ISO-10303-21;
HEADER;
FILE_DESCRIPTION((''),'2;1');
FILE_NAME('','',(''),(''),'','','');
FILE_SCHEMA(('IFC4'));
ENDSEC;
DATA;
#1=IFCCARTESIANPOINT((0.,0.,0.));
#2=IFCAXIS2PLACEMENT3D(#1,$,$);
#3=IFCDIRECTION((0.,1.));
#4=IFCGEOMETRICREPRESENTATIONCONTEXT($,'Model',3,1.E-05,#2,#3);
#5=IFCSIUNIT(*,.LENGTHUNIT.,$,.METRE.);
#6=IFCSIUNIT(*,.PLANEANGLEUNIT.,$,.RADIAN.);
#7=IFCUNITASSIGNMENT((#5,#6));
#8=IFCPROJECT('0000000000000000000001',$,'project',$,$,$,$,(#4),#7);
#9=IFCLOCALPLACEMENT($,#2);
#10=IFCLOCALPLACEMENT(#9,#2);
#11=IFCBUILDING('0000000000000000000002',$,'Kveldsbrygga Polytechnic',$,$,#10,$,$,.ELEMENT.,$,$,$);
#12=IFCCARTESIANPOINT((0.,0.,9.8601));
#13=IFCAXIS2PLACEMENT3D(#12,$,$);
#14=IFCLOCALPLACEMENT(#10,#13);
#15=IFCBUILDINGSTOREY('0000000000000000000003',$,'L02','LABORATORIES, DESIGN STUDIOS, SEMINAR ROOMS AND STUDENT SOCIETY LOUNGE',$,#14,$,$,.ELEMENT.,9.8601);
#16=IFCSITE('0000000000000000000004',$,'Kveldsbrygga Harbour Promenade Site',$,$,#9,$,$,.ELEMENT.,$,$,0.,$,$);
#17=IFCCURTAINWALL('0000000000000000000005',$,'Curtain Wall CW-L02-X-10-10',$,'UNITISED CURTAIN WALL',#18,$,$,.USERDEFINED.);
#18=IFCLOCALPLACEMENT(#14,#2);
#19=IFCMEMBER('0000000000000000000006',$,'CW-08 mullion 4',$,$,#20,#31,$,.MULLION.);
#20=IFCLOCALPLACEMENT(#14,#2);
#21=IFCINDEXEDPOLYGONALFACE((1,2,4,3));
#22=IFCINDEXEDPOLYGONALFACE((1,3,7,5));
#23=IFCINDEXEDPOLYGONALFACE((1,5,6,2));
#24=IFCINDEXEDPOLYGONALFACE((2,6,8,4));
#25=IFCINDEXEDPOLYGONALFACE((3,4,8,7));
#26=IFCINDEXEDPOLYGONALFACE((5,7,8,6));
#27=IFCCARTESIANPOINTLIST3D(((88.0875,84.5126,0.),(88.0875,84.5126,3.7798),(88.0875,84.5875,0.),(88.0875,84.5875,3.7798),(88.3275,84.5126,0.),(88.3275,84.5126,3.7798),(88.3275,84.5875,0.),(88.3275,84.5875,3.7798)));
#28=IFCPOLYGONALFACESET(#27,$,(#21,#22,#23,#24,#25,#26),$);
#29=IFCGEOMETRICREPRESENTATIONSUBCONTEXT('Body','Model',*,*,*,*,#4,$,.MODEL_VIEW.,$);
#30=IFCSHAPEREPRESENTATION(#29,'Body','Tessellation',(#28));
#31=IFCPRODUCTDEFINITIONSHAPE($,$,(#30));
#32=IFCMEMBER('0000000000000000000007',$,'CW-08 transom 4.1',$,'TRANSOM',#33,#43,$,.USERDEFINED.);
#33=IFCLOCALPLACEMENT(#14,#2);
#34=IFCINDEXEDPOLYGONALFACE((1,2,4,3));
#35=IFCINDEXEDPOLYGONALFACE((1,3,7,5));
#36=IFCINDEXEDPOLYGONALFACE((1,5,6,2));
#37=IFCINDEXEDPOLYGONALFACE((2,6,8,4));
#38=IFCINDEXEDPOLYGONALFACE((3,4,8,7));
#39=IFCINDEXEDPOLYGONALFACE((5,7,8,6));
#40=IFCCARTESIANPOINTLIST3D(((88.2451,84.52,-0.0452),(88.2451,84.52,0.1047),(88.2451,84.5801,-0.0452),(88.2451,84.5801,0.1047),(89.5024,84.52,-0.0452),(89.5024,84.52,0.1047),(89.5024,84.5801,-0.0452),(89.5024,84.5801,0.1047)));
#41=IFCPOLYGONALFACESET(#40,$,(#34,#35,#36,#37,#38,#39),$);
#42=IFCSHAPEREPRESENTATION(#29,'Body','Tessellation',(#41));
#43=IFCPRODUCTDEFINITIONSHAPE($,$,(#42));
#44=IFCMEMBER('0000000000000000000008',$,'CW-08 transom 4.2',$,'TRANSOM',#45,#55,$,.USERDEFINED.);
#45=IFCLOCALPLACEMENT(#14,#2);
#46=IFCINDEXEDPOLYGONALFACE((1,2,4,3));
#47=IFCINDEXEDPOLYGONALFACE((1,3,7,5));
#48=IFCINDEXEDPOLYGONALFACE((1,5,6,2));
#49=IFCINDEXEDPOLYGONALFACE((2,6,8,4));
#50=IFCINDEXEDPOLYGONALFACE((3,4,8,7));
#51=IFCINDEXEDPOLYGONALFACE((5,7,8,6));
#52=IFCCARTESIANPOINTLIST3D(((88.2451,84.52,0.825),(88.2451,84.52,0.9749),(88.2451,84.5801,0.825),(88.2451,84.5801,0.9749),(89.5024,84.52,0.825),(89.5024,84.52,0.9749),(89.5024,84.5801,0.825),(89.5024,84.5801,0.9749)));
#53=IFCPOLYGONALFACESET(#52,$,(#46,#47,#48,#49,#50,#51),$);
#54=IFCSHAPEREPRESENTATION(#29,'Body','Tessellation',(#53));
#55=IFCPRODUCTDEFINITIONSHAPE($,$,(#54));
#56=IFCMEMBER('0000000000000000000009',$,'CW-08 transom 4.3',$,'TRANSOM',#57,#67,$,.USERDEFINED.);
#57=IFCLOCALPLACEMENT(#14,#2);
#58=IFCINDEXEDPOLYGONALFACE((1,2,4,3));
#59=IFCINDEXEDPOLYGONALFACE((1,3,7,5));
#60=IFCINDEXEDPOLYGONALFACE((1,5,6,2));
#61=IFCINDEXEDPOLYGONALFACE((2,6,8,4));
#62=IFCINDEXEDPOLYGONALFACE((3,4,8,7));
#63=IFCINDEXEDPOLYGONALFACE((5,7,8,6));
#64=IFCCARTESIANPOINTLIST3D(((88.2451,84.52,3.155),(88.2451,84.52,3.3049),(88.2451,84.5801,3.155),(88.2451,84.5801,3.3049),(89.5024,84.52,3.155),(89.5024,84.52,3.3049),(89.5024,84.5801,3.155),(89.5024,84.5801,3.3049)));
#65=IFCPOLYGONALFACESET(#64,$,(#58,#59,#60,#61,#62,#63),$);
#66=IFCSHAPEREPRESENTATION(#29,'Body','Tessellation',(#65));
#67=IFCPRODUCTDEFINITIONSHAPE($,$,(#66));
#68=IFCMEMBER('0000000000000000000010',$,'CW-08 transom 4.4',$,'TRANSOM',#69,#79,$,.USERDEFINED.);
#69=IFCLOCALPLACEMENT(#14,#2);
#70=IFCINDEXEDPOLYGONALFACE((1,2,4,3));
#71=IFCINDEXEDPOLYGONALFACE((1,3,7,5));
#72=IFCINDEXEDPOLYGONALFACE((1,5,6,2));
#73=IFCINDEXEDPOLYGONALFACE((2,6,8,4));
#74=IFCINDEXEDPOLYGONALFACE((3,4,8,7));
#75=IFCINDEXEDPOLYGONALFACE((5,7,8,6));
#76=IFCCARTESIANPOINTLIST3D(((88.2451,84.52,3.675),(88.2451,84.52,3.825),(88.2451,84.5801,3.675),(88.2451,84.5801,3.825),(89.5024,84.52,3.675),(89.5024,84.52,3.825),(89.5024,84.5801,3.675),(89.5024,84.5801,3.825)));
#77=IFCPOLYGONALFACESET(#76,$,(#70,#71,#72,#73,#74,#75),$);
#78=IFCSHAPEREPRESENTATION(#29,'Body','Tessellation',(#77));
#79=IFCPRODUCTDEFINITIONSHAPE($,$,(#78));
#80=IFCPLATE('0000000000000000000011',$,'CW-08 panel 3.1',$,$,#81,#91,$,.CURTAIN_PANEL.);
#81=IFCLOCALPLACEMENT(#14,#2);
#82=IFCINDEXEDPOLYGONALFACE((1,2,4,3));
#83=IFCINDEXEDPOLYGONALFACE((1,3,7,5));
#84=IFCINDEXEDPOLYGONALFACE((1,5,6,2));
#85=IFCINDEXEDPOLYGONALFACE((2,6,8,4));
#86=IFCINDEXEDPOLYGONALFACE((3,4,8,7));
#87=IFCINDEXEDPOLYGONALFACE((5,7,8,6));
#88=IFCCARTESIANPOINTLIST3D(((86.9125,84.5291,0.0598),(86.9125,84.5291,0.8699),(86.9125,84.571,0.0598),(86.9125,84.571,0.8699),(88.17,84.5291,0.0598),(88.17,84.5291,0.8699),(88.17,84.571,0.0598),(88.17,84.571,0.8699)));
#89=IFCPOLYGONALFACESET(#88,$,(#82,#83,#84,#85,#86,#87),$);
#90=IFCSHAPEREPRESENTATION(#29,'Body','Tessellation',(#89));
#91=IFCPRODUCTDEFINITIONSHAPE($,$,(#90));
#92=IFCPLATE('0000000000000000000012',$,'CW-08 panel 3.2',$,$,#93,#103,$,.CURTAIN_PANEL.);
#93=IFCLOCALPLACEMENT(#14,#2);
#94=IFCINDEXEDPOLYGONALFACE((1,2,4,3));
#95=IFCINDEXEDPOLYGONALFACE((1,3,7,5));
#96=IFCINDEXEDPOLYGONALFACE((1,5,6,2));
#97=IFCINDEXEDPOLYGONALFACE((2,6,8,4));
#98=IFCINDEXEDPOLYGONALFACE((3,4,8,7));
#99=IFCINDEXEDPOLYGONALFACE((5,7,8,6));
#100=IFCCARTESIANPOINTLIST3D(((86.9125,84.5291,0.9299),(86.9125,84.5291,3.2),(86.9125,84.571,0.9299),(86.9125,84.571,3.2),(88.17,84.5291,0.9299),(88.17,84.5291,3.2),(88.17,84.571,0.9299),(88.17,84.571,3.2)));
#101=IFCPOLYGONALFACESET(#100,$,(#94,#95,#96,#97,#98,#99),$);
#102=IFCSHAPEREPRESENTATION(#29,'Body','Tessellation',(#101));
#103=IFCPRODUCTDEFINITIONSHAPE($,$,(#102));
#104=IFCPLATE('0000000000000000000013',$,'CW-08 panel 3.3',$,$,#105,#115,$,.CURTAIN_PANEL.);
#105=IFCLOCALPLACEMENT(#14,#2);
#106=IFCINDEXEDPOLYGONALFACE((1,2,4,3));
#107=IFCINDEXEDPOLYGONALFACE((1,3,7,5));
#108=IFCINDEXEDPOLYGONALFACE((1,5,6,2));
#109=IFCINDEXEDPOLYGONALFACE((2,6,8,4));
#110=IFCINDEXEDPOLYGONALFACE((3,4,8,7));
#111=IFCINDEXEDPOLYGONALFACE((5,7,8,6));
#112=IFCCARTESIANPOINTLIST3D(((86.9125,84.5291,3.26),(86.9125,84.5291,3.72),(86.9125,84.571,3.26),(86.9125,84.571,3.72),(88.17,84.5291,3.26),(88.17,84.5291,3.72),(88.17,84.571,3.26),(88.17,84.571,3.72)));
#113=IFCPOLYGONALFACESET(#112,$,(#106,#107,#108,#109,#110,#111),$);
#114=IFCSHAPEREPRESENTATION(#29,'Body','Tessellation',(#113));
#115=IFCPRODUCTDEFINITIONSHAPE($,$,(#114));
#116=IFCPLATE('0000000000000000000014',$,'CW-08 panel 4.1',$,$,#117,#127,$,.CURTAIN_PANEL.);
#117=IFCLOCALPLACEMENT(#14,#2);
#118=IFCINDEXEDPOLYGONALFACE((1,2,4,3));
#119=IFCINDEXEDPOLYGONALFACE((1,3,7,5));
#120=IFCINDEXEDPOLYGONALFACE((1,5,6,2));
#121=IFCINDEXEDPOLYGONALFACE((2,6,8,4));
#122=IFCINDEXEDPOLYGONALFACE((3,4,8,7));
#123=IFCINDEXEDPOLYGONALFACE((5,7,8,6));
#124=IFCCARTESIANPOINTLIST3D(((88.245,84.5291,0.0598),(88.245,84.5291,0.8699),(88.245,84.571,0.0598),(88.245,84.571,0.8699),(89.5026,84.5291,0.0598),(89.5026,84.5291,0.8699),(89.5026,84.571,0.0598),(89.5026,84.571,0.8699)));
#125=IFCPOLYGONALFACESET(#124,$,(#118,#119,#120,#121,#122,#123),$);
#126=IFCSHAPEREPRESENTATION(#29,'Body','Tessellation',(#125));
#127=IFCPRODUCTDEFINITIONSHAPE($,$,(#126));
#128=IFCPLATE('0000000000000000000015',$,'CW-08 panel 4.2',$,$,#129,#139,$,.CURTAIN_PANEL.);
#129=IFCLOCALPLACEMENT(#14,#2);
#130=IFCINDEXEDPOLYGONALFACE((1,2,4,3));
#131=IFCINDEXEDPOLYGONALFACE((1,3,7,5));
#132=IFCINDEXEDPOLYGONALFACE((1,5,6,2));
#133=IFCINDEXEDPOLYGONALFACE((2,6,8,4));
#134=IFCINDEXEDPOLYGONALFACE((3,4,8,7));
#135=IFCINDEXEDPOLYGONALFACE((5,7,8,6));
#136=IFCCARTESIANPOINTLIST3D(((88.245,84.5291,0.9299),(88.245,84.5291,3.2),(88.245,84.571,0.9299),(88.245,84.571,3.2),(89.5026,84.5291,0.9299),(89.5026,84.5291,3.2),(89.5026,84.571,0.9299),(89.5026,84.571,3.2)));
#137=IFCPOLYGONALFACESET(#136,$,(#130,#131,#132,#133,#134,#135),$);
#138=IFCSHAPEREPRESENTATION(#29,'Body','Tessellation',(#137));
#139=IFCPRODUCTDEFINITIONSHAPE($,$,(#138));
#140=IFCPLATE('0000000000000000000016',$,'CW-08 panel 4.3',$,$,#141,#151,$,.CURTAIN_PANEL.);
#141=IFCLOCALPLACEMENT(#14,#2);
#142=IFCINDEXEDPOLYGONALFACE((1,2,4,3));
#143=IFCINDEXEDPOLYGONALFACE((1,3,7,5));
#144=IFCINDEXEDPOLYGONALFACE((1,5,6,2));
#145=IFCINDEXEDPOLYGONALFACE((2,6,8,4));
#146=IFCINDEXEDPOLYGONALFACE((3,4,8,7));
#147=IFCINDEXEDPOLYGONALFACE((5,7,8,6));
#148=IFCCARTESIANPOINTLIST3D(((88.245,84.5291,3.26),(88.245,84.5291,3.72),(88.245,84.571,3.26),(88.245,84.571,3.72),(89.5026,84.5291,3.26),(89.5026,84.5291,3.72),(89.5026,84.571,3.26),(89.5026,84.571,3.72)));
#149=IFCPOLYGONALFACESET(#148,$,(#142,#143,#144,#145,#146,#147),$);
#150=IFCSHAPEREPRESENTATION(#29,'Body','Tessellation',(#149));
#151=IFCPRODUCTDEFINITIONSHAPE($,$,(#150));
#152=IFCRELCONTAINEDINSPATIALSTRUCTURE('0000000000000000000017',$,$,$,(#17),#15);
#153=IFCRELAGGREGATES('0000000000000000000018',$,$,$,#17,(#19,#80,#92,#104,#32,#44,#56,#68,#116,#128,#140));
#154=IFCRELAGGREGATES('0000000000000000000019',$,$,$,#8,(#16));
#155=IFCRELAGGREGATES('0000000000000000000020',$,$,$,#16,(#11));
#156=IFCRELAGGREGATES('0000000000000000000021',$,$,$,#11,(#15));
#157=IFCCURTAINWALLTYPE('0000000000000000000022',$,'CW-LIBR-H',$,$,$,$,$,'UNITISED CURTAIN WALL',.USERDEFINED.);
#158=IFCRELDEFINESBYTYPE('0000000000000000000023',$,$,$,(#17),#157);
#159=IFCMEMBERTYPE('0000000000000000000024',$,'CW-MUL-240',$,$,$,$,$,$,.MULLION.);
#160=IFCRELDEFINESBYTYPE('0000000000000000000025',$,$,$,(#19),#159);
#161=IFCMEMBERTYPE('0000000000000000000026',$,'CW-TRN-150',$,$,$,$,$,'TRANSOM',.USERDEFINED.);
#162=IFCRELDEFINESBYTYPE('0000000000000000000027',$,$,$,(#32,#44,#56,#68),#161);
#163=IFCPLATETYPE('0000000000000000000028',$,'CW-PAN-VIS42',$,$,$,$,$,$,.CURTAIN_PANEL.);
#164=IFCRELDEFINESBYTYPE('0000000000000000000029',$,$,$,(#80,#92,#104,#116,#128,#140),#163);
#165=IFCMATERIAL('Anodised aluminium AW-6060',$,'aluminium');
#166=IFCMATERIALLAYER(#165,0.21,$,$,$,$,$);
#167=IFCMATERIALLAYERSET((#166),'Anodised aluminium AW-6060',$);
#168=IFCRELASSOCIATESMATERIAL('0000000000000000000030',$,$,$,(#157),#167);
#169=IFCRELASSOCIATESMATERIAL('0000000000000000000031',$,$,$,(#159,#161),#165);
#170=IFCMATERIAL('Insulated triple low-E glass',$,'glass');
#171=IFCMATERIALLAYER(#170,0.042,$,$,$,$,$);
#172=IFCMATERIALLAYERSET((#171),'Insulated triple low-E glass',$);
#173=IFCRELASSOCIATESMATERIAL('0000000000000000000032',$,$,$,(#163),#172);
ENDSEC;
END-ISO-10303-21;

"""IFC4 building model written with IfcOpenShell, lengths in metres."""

from ifc_helpers import new_model, si_unit, direction, frame, origin, origin_2d, place, context, subcontext, project, spatial, rectangle, extrude, material, layer, layer_set, material_profile, profile_set, type_object, element, aggregate, save


model = new_model("IFC4")

# Units and contexts
model_context = context("Model", 3, precision=1e-05, world=origin(), true_north=direction((0.0, 1.0)))
body_context = subcontext(model_context, "Body", "Model", "MODEL_VIEW")
ifc_project = project(units=[si_unit("LENGTHUNIT", "METRE"), si_unit("PLANEANGLEUNIT", "RADIAN")], contexts=[model_context])

# Site, building, storey
site_placement = place(None, origin())
site = spatial("IfcSite", under=ifc_project, at=site_placement, Name="Kveldsbrygga Harbour Promenade Site", CompositionType="ELEMENT", RefElevation=0.0)
building_placement = place(site_placement, origin())
building = spatial("IfcBuilding", under=site, at=building_placement, Name="Kveldsbrygga Polytechnic", CompositionType="ELEMENT")
storey_placement = place(building_placement, frame((0.0, 0.0, 9.8601)))
storey = spatial("IfcBuildingStorey", under=building, at=storey_placement, Name="L02", Description="LABORATORIES, DESIGN STUDIOS, SEMINAR ROOMS AND STUDENT SOCIETY LOUNGE", CompositionType="ELEMENT", Elevation=9.8601)

# Curtain wall, members, plates
ifc_material_1 = material(Name="Anodised aluminium AW-6060", Category="aluminium")
ifc_layer_1 = layer(ifc_material_1, 0.21)
ifc_layer_set_1 = layer_set([ifc_layer_1], Name="Anodised aluminium AW-6060")
curtain_wall_type = type_object("IfcCurtainWallType", Name="CW-LIBR-H", ElementType="UNITISED CURTAIN WALL", PredefinedType="USERDEFINED", material=ifc_layer_set_1)
curtain_wall_placement = place(storey_placement, origin())
curtain_wall = element("IfcCurtainWall", 1, at=curtain_wall_placement, inside=storey, type_object=curtain_wall_type, Name="Curtain Wall CW-L02-X-10-10", ObjectType="UNITISED CURTAIN WALL", PredefinedType="USERDEFINED")
ifc_material_profile_1 = material_profile(ifc_material_1, rectangle(XDim=0.075, YDim=0.24, at=origin_2d()), Name="ALU 75x240")
ifc_profile_set_1 = profile_set([ifc_material_profile_1], Name="Anodised aluminium AW-6060")
member_type_1 = type_object("IfcMemberType", Name="CW-MUL-240", PredefinedType="MULLION", material=ifc_profile_set_1)
member_1_placement = place(storey_placement, frame((88.2075, 84.55, 0.0), z_axis=(0.0, 0.0, 1.0), x_axis=(0.0, 1.0, 0.0)))
member_1 = element("IfcMember", 2, at=member_1_placement, type_object=member_type_1, Name="CW-08 mullion 4", PredefinedType="MULLION", context=body_context, shape_type="SweptSolid", body=[
    extrude(rectangle(XDim=0.075, YDim=0.24, at=origin_2d()), origin(), (0.0, 0.0, 1.0), 3.7798),
])
ifc_material_profile_2 = material_profile(ifc_material_1, rectangle(XDim=0.0601, YDim=0.1499, at=origin_2d()), Name="ALU 60x150")
ifc_profile_set_2 = profile_set([ifc_material_profile_2], Name="Anodised aluminium AW-6060")
member_type_2 = type_object("IfcMemberType", Name="CW-TRN-150", ElementType="TRANSOM", PredefinedType="USERDEFINED", material=ifc_profile_set_2)
member_2_placement = place(storey_placement, frame((88.2451, 84.55, 0.0298), z_axis=(1.0, 0.0, 0.0), x_axis=(0.0, 1.0, 0.0)))
member_2 = element("IfcMember", 3, at=member_2_placement, type_object=member_type_2, Name="CW-08 transom 4.1", ObjectType="TRANSOM", PredefinedType="USERDEFINED", context=body_context, shape_type="SweptSolid", body=[
    extrude(rectangle(XDim=0.0601, YDim=0.1499, at=origin_2d()), origin(), (0.0, 0.0, 1.0), 1.2573),
])
member_3_placement = place(storey_placement, frame((88.2451, 84.55, 0.8999), z_axis=(1.0, 0.0, 0.0), x_axis=(0.0, 1.0, 0.0)))
member_3 = element("IfcMember", 4, at=member_3_placement, type_object=member_type_2, Name="CW-08 transom 4.2", ObjectType="TRANSOM", PredefinedType="USERDEFINED", context=body_context, shape_type="SweptSolid", body=[
    extrude(rectangle(XDim=0.0601, YDim=0.1499, at=origin_2d()), origin(), (0.0, 0.0, 1.0), 1.2573),
])
member_4_placement = place(storey_placement, frame((88.2451, 84.55, 3.23), z_axis=(1.0, 0.0, 0.0), x_axis=(0.0, 1.0, 0.0)))
member_4 = element("IfcMember", 5, at=member_4_placement, type_object=member_type_2, Name="CW-08 transom 4.3", ObjectType="TRANSOM", PredefinedType="USERDEFINED", context=body_context, shape_type="SweptSolid", body=[
    extrude(rectangle(XDim=0.0601, YDim=0.1499, at=origin_2d()), origin(), (0.0, 0.0, 1.0), 1.2573),
])
member_5_placement = place(storey_placement, frame((88.2451, 84.55, 3.75), z_axis=(1.0, 0.0, 0.0), x_axis=(0.0, 1.0, 0.0)))
member_5 = element("IfcMember", 6, at=member_5_placement, type_object=member_type_2, Name="CW-08 transom 4.4", ObjectType="TRANSOM", PredefinedType="USERDEFINED", context=body_context, shape_type="SweptSolid", body=[
    extrude(rectangle(XDim=0.0601, YDim=0.1499, at=origin_2d()), origin(), (0.0, 0.0, 1.0), 1.2573),
])
ifc_material_2 = material(Name="Insulated triple low-E glass", Category="glass")
ifc_layer_2 = layer(ifc_material_2, 0.042)
ifc_layer_set_2 = layer_set([ifc_layer_2], Name="Insulated triple low-E glass")
plate_type = type_object("IfcPlateType", Name="CW-PAN-VIS42", PredefinedType="CURTAIN_PANEL", material=ifc_layer_set_2)
plate_1_placement = place(storey_placement, frame((87.5413, 84.55, 0.0598), z_axis=(0.0, 0.0, 1.0), x_axis=(1.0, 0.0, 0.0)))
plate_1 = element("IfcPlate", 7, at=plate_1_placement, type_object=plate_type, Name="CW-08 panel 3.1", PredefinedType="CURTAIN_PANEL", context=body_context, shape_type="SweptSolid", body=[
    extrude(rectangle(XDim=1.2576, YDim=0.042, at=origin_2d()), origin(), (0.0, 0.0, 1.0), 0.8101),
])
plate_2_placement = place(storey_placement, frame((87.5413, 84.55, 0.9299), z_axis=(0.0, 0.0, 1.0), x_axis=(1.0, 0.0, 0.0)))
plate_2 = element("IfcPlate", 8, at=plate_2_placement, type_object=plate_type, Name="CW-08 panel 3.2", PredefinedType="CURTAIN_PANEL", context=body_context, shape_type="SweptSolid", body=[
    extrude(rectangle(XDim=1.2576, YDim=0.042, at=origin_2d()), origin(), (0.0, 0.0, 1.0), 2.27),
])
plate_3_placement = place(storey_placement, frame((87.5413, 84.55, 3.26), z_axis=(0.0, 0.0, 1.0), x_axis=(1.0, 0.0, 0.0)))
plate_3 = element("IfcPlate", 9, at=plate_3_placement, type_object=plate_type, Name="CW-08 panel 3.3", PredefinedType="CURTAIN_PANEL", context=body_context, shape_type="SweptSolid", body=[
    extrude(rectangle(XDim=1.2576, YDim=0.042, at=origin_2d()), origin(), (0.0, 0.0, 1.0), 0.46),
])
plate_4_placement = place(storey_placement, frame((88.8738, 84.55, 0.0598), z_axis=(0.0, 0.0, 1.0), x_axis=(1.0, 0.0, 0.0)))
plate_4 = element("IfcPlate", 10, at=plate_4_placement, type_object=plate_type, Name="CW-08 panel 4.1", PredefinedType="CURTAIN_PANEL", context=body_context, shape_type="SweptSolid", body=[
    extrude(rectangle(XDim=1.2576, YDim=0.042, at=origin_2d()), origin(), (0.0, 0.0, 1.0), 0.8101),
])
plate_5_placement = place(storey_placement, frame((88.8738, 84.55, 0.9299), z_axis=(0.0, 0.0, 1.0), x_axis=(1.0, 0.0, 0.0)))
plate_5 = element("IfcPlate", 11, at=plate_5_placement, type_object=plate_type, Name="CW-08 panel 4.2", PredefinedType="CURTAIN_PANEL", context=body_context, shape_type="SweptSolid", body=[
    extrude(rectangle(XDim=1.2576, YDim=0.042, at=origin_2d()), origin(), (0.0, 0.0, 1.0), 2.27),
])
plate_6_placement = place(storey_placement, frame((88.8738, 84.55, 3.26), z_axis=(0.0, 0.0, 1.0), x_axis=(1.0, 0.0, 0.0)))
plate_6 = element("IfcPlate", 12, at=plate_6_placement, type_object=plate_type, Name="CW-08 panel 4.3", PredefinedType="CURTAIN_PANEL", context=body_context, shape_type="SweptSolid", body=[
    extrude(rectangle(XDim=1.2576, YDim=0.042, at=origin_2d()), origin(), (0.0, 0.0, 1.0), 0.46),
])
aggregate(curtain_wall, [member_1, plate_1, plate_2, plate_3, member_2, member_3, member_4, member_5, plate_4, plate_5, plate_6])

save(model, "model.ifc")
